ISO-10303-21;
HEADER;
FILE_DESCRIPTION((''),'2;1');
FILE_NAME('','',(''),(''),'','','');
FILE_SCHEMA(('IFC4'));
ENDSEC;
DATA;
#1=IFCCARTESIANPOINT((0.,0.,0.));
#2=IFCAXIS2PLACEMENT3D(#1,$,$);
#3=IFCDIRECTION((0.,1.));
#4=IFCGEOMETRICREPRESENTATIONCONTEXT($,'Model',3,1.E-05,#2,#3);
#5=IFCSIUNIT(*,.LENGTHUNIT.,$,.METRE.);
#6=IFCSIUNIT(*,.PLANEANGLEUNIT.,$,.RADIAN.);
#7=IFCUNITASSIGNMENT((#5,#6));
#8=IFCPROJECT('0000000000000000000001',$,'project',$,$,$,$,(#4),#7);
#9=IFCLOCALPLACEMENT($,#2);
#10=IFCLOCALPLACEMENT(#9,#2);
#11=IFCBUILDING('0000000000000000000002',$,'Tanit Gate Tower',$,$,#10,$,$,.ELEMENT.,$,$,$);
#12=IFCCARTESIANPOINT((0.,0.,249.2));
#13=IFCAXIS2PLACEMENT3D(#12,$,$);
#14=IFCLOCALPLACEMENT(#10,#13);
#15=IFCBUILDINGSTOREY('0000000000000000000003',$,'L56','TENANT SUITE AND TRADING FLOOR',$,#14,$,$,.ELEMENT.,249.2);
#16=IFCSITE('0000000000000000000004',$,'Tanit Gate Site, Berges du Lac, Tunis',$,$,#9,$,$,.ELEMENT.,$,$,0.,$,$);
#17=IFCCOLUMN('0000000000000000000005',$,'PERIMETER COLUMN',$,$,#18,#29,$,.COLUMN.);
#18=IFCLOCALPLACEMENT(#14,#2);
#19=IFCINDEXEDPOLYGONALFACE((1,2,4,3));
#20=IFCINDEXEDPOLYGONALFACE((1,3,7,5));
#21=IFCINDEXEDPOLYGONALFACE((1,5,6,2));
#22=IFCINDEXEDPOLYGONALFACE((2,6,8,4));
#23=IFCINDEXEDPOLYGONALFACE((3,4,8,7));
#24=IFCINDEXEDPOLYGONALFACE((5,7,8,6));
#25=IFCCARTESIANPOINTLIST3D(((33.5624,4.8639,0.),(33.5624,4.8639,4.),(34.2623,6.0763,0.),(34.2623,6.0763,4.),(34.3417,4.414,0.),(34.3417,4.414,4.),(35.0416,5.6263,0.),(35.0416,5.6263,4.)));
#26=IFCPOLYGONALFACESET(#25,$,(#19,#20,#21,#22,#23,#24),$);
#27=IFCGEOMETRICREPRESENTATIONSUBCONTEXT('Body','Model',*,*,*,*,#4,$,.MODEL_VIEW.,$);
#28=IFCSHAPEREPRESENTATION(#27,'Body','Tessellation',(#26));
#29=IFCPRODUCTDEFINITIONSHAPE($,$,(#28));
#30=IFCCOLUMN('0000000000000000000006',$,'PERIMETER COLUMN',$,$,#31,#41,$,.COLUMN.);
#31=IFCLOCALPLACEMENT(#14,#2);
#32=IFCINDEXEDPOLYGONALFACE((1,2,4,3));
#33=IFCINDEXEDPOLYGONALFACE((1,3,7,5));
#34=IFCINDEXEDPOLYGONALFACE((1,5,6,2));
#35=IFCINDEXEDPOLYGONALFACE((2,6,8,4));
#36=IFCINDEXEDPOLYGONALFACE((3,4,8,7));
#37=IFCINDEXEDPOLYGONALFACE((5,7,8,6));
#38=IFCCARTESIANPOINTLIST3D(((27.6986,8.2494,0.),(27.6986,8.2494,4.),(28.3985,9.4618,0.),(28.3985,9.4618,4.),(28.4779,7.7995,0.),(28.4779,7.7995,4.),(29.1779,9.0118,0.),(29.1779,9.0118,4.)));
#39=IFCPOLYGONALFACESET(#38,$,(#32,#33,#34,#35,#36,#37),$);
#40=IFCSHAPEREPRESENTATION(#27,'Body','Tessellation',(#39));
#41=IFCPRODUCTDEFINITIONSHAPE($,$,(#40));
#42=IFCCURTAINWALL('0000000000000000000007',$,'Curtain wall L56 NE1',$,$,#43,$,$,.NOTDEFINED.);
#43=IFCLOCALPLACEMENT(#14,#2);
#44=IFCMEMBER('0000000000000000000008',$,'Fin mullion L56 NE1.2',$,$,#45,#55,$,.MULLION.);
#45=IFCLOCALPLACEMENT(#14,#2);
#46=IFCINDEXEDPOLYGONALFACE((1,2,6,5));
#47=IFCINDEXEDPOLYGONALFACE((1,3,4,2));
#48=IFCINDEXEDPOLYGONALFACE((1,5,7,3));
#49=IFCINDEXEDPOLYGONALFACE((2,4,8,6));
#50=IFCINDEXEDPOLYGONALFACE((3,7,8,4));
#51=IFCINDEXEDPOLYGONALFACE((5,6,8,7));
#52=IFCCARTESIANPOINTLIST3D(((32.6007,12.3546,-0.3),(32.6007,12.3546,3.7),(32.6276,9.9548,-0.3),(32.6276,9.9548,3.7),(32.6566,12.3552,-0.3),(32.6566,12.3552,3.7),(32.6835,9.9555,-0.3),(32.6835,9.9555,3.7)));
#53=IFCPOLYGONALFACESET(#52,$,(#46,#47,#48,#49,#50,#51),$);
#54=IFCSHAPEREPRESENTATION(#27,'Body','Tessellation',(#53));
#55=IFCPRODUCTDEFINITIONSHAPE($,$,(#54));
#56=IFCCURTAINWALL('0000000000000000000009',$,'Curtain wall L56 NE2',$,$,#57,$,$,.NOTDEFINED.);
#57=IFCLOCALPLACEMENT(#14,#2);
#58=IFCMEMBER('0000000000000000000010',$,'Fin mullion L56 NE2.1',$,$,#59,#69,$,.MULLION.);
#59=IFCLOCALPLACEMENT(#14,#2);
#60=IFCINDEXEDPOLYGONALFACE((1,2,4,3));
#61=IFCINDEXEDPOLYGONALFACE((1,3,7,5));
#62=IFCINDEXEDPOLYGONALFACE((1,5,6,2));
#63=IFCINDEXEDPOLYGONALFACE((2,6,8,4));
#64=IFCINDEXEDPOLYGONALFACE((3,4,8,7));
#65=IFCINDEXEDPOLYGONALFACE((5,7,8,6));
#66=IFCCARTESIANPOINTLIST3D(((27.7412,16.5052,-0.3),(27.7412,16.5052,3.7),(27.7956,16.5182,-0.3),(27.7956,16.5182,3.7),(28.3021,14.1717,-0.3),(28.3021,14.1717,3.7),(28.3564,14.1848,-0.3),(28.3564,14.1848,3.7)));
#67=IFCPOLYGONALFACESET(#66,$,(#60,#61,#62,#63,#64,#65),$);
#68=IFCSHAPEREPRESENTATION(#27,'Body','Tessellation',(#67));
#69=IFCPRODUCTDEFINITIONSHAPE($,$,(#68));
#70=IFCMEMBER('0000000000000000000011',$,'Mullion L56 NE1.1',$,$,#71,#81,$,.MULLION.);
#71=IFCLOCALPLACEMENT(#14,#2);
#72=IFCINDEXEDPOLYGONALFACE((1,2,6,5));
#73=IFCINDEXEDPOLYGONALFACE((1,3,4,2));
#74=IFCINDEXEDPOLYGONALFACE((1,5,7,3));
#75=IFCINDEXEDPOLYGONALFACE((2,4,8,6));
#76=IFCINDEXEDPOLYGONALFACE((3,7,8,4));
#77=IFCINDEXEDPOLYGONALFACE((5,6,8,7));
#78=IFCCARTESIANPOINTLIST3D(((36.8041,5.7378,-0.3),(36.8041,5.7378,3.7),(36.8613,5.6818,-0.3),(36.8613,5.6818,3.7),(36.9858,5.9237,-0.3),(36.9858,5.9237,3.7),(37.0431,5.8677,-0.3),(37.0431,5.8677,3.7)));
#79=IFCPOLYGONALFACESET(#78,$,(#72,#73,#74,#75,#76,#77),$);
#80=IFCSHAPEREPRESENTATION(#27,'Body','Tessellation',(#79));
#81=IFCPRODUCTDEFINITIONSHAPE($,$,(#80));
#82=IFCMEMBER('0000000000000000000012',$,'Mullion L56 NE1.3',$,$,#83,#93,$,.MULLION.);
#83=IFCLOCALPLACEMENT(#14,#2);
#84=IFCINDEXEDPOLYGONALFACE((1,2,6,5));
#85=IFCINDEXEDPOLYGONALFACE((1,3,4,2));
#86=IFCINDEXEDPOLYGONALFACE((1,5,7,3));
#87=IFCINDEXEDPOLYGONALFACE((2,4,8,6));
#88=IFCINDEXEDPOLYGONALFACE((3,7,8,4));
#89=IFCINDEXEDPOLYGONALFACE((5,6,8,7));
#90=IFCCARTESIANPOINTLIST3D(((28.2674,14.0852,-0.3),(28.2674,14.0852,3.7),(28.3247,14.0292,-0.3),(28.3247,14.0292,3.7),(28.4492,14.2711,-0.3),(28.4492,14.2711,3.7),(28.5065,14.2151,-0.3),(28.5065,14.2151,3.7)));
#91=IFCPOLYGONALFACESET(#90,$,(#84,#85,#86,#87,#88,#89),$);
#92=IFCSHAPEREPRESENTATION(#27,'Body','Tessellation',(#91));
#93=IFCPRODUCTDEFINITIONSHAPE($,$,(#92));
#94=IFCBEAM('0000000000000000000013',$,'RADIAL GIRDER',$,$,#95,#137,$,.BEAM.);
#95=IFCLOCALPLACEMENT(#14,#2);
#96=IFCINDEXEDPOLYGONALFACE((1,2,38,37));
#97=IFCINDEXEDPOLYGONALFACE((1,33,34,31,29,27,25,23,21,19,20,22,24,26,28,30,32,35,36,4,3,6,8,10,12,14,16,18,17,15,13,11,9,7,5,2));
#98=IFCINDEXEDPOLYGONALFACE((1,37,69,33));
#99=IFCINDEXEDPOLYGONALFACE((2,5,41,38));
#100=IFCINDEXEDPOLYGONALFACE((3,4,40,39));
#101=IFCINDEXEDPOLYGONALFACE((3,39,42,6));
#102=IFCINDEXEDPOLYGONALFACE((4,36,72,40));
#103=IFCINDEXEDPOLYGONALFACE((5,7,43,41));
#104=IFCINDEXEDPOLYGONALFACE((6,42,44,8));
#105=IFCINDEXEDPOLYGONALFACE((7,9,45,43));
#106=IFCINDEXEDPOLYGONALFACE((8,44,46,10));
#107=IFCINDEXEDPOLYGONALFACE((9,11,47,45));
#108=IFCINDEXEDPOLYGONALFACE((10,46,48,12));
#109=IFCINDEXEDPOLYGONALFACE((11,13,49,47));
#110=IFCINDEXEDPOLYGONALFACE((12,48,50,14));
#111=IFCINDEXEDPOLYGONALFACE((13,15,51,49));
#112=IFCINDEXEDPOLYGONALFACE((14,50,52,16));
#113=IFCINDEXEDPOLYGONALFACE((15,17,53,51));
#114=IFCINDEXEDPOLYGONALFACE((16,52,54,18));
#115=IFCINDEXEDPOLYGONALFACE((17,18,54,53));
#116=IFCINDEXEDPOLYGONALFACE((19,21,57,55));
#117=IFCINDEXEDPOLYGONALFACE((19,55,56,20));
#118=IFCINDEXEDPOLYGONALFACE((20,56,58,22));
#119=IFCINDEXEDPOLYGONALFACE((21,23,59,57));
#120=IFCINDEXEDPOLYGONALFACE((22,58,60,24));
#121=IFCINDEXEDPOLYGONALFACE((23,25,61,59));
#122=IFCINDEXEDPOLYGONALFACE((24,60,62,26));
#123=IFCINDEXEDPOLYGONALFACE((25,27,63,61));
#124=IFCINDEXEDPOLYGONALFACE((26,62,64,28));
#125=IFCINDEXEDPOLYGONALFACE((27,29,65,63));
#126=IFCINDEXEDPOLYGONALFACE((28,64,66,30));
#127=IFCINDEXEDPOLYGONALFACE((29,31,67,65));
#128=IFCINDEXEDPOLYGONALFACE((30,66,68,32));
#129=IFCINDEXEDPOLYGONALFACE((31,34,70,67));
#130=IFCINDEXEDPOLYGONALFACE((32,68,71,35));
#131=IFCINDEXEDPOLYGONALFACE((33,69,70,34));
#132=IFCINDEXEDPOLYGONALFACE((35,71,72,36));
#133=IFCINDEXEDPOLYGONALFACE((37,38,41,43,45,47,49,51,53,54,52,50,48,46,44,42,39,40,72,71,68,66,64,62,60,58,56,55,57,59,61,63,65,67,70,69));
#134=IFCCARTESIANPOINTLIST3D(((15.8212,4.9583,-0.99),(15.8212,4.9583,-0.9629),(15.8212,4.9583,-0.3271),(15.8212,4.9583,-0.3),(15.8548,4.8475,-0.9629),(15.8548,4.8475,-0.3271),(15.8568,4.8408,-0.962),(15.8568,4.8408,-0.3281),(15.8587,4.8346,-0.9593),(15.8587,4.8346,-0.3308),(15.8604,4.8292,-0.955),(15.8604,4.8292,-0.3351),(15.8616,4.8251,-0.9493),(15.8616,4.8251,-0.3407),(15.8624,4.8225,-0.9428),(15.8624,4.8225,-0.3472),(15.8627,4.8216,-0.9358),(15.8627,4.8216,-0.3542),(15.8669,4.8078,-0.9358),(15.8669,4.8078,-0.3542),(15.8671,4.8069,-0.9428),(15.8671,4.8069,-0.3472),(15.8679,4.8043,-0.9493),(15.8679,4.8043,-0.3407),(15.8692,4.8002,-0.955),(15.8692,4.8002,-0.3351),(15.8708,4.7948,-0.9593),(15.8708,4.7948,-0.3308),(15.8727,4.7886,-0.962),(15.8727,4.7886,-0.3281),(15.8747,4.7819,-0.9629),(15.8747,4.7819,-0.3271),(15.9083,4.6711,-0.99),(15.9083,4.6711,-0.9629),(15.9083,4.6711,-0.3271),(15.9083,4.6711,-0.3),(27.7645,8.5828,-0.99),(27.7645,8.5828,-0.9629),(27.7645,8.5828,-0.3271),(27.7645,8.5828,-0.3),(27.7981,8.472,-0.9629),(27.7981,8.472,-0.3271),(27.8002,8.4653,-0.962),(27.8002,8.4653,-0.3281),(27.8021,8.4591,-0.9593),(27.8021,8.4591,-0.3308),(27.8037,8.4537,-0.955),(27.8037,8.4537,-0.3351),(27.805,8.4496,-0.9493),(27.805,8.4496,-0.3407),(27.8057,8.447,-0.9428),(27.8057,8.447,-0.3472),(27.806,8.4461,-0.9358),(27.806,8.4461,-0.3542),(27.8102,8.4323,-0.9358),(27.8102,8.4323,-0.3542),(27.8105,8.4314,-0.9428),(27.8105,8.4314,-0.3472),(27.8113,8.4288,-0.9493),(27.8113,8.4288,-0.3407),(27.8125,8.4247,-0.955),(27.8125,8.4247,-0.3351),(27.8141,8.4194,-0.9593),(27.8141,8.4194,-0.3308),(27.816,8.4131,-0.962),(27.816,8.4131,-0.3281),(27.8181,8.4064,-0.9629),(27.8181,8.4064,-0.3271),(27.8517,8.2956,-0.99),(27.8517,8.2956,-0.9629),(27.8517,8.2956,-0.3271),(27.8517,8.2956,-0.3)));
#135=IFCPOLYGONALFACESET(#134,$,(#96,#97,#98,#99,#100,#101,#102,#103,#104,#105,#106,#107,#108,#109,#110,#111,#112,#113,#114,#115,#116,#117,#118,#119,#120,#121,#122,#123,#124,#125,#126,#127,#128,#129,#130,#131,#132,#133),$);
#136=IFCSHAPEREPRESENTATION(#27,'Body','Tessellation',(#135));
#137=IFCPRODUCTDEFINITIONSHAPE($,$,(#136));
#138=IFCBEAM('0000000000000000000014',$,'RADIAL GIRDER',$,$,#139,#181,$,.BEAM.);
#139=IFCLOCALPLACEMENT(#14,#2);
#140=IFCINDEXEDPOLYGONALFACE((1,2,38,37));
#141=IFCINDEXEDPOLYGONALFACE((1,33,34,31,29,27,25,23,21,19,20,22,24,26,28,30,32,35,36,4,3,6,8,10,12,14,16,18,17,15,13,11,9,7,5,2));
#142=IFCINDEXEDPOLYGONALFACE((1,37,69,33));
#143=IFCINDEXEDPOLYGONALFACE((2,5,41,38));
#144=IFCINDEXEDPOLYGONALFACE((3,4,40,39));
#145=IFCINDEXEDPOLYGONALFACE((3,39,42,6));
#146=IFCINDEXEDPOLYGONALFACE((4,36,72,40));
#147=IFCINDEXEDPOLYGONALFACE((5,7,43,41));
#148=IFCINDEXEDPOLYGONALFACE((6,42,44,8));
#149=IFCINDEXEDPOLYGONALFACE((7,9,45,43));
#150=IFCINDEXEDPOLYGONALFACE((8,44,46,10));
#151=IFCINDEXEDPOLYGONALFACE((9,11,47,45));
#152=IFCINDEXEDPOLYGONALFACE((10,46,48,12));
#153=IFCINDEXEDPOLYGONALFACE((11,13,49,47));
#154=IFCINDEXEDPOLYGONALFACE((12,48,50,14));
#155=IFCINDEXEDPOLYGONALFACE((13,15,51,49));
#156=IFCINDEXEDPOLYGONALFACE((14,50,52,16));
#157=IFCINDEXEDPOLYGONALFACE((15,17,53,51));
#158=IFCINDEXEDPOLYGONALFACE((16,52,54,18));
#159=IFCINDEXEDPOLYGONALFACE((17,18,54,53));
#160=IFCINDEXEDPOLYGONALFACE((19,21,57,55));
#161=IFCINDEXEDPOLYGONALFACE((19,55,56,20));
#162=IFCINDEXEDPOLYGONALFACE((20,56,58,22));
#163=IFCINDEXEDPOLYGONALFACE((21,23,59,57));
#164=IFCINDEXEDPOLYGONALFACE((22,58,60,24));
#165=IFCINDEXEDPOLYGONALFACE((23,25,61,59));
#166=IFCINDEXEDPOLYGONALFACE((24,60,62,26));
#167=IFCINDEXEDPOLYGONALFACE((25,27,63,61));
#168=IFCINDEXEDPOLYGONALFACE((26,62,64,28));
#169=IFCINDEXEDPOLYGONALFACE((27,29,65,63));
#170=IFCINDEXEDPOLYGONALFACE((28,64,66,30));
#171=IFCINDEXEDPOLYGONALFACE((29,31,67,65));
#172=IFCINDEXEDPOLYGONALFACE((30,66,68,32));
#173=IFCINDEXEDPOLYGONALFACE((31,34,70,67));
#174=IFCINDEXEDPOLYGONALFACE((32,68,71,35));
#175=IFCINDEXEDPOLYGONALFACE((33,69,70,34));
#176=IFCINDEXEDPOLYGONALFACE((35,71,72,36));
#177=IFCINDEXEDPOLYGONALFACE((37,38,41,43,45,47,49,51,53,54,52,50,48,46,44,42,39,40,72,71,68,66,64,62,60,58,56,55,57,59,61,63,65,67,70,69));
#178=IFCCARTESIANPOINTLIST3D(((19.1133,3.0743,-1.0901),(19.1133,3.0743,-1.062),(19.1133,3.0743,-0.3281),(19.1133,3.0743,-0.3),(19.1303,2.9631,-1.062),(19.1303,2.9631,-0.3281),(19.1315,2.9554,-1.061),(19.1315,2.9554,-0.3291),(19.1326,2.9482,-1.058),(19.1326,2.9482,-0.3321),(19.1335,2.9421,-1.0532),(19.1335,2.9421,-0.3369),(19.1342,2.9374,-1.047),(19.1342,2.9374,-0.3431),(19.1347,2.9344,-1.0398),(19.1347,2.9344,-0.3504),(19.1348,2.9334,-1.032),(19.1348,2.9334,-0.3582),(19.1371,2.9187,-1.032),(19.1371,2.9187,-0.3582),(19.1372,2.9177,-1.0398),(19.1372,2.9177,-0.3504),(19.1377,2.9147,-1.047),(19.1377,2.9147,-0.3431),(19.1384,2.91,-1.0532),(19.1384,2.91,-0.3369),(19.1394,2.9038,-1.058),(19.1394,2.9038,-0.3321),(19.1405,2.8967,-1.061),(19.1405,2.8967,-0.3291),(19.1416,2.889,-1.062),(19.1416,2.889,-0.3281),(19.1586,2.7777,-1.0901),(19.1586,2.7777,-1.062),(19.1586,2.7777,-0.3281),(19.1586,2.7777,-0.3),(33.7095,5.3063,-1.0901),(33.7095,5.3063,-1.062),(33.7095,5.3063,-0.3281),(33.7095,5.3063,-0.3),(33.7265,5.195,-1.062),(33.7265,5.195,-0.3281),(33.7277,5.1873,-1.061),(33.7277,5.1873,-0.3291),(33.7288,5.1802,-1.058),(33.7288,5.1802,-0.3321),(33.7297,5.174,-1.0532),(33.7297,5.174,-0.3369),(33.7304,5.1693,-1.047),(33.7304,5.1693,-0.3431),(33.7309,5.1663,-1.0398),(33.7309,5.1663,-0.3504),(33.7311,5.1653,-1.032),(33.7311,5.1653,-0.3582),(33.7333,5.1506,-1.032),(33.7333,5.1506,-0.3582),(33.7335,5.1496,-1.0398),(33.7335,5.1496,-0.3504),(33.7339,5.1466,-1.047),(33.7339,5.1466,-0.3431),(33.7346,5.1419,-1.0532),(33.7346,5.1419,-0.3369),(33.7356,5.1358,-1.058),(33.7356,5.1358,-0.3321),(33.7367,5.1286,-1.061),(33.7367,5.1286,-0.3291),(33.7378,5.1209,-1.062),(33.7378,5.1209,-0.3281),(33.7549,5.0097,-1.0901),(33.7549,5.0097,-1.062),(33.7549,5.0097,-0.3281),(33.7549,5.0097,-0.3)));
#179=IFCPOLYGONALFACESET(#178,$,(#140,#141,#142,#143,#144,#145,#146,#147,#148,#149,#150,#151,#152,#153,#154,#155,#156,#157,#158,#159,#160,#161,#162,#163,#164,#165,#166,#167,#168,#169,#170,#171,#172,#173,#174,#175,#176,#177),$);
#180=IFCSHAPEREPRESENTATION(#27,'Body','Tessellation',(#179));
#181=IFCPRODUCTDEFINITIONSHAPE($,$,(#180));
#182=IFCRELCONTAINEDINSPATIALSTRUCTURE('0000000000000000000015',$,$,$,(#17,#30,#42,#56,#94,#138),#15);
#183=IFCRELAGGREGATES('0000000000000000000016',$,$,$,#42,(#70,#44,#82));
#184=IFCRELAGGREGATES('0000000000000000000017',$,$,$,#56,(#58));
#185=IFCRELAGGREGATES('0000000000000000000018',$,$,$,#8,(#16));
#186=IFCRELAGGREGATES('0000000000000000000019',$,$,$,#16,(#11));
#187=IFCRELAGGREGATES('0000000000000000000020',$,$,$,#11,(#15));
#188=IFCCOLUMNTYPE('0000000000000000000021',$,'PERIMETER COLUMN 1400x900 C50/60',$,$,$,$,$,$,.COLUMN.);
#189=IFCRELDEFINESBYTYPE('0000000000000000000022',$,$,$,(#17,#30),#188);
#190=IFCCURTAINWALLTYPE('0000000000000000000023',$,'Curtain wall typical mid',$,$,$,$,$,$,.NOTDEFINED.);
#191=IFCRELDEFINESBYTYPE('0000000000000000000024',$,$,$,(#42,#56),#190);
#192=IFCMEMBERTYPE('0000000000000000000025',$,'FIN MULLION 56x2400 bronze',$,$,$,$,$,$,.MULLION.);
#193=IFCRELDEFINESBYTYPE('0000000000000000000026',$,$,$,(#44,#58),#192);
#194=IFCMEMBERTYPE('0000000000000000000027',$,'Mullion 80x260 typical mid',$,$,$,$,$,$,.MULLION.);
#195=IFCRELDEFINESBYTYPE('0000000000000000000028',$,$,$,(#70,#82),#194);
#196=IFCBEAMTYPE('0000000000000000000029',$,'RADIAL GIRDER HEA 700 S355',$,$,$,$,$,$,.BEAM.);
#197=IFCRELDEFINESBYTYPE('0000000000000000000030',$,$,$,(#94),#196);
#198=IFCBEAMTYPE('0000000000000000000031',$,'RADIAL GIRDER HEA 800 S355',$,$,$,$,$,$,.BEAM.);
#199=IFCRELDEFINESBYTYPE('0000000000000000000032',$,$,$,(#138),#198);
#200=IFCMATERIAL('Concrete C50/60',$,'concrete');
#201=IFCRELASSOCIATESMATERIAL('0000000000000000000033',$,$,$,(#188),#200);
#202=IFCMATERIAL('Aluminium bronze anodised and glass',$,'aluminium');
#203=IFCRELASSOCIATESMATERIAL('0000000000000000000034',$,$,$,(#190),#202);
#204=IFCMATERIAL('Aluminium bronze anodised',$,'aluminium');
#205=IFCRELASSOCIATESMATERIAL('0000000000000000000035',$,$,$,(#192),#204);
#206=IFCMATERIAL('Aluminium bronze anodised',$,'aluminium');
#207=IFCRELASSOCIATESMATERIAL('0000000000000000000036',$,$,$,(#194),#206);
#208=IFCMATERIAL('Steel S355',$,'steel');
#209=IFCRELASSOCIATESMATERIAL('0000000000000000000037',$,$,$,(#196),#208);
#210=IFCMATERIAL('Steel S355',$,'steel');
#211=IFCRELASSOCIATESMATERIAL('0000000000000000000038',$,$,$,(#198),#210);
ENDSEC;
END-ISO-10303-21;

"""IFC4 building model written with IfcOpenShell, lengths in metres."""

from ifc_helpers import new_model, si_unit, direction, frame, origin, origin_2d, place, context, subcontext, project, spatial, rectangle, i_section, extrude, material, material_profile, profile_set, type_object, element, aggregate, save


model = new_model("IFC4")

# Units and contexts
model_context = context("Model", 3, precision=1e-05, world=origin(), true_north=direction((0.0, 1.0)))
body_context = subcontext(model_context, "Body", "Model", "MODEL_VIEW")
ifc_project = project(units=[si_unit("LENGTHUNIT", "METRE"), si_unit("PLANEANGLEUNIT", "RADIAN")], contexts=[model_context])

# Site, building, storey
site_placement = place(None, origin())
site = spatial("IfcSite", under=ifc_project, at=site_placement, Name="Tanit Gate Site, Berges du Lac, Tunis", CompositionType="ELEMENT", RefElevation=0.0)
building_placement = place(site_placement, origin())
building = spatial("IfcBuilding", under=site, at=building_placement, Name="Tanit Gate Tower", CompositionType="ELEMENT")
storey_placement = place(building_placement, frame((0.0, 0.0, 249.2)))
storey = spatial("IfcBuildingStorey", under=building, at=storey_placement, Name="L56", Description="TENANT SUITE AND TRADING FLOOR", CompositionType="ELEMENT", Elevation=249.2)

# Columns
ifc_material_1 = material(Name="Concrete C50/60", Category="concrete")
ifc_material_profile_1 = material_profile(ifc_material_1, rectangle(XDim=1.3999, YDim=0.8999, at=origin_2d()), Name="RC 1400x900")
ifc_profile_set_1 = profile_set([ifc_material_profile_1], Name="Concrete C50/60")
column_type = type_object("IfcColumnType", Name="PERIMETER COLUMN 1400x900 C50/60", PredefinedType="COLUMN", material=ifc_profile_set_1)
for number, where, z_axis, x_axis, name in (
    (1, (34.302, 5.2451, 0.0), (0.0, 0.0, 1.0), (0.5, 0.866025, 0.0), "PERIMETER COLUMN"),
    (2, (28.4382, 8.6306, 0.0), (0.0, 0.0, 1.0), (0.5, 0.866025, 0.0), "PERIMETER COLUMN"),
):
    element("IfcColumn", number, at=place(storey_placement, frame(where, z_axis=z_axis, x_axis=x_axis)), inside=storey, type_object=column_type, Name=name, PredefinedType="COLUMN", context=body_context, shape_type="SweptSolid", body=[
        extrude(rectangle(XDim=1.3999, YDim=0.8999, at=origin_2d()), origin(), (0.0, 0.0, 1.0), 4.0),
    ])

# Curtain walls, members
ifc_material_2 = material(Name="Aluminium bronze anodised and glass", Category="aluminium")
curtain_wall_type = type_object("IfcCurtainWallType", Name="Curtain wall typical mid", PredefinedType="NOTDEFINED", material=ifc_material_2)
curtain_wall_1_placement = place(storey_placement, origin())
curtain_wall_1 = element("IfcCurtainWall", 3, at=curtain_wall_1_placement, inside=storey, type_object=curtain_wall_type, Name="Curtain wall L56 NE1", PredefinedType="NOTDEFINED")
ifc_material_3 = material(Name="Aluminium bronze anodised", Category="aluminium")
ifc_material_profile_2 = material_profile(ifc_material_3, rectangle(XDim=2.3999, YDim=0.0559, at=origin_2d()), Name="56x2400 bronze fin mullion")
ifc_profile_set_2 = profile_set([ifc_material_profile_2], Name="Aluminium bronze anodised")
member_type_1 = type_object("IfcMemberType", Name="FIN MULLION 56x2400 bronze", PredefinedType="MULLION", material=ifc_profile_set_2)
member_1_placement = place(storey_placement, frame((32.6421, 11.155, -0.3), z_axis=(0.0, 0.0, 1.0), x_axis=(0.011211, -0.999937, 0.0)))
member_1 = element("IfcMember", 4, at=member_1_placement, type_object=member_type_1, Name="Fin mullion L56 NE1.2", PredefinedType="MULLION", context=body_context, shape_type="SweptSolid", body=[
    extrude(rectangle(XDim=2.3999, YDim=0.0559, at=origin_2d()), origin(), (0.0, 0.0, 1.0), 4.0),
])
curtain_wall_2_placement = place(storey_placement, origin())
curtain_wall_2 = element("IfcCurtainWall", 5, at=curtain_wall_2_placement, inside=storey, type_object=curtain_wall_type, Name="Curtain wall L56 NE2", PredefinedType="NOTDEFINED")
member_2_placement = place(storey_placement, frame((28.0488, 15.345, -0.3), z_axis=(0.0, 0.0, 1.0), x_axis=(0.233691, -0.972311, 0.0)))
member_2 = element("IfcMember", 6, at=member_2_placement, type_object=member_type_1, Name="Fin mullion L56 NE2.1", PredefinedType="MULLION", context=body_context, shape_type="SweptSolid", body=[
    extrude(rectangle(XDim=2.3999, YDim=0.0559, at=origin_2d()), origin(), (0.0, 0.0, 1.0), 4.0),
])

# Members
ifc_material_4 = material(Name="Aluminium bronze anodised", Category="aluminium")
ifc_material_profile_3 = material_profile(ifc_material_4, rectangle(XDim=0.26, YDim=0.0801, at=origin_2d()), Name="80x260 bronze mullion")
ifc_profile_set_3 = profile_set([ifc_material_profile_3], Name="Aluminium bronze anodised")
member_type_2 = type_object("IfcMemberType", Name="Mullion 80x260 typical mid", PredefinedType="MULLION", material=ifc_profile_set_3)
member_3_placement = place(storey_placement, frame((36.9236, 5.8027, -0.3), z_axis=(0.0, 0.0, 1.0), x_axis=(-0.699135, -0.71499, 0.0)))
member_3 = element("IfcMember", 7, at=member_3_placement, type_object=member_type_2, Name="Mullion L56 NE1.1", PredefinedType="MULLION", context=body_context, shape_type="SweptSolid", body=[
    extrude(rectangle(XDim=0.26, YDim=0.0801, at=origin_2d()), origin(), (0.0, 0.0, 1.0), 4.0),
])
member_4_placement = place(storey_placement, frame((28.387, 14.1501, -0.3), z_axis=(0.0, 0.0, 1.0), x_axis=(-0.699135, -0.71499, 0.0)))
member_4 = element("IfcMember", 8, at=member_4_placement, type_object=member_type_2, Name="Mullion L56 NE1.3", PredefinedType="MULLION", context=body_context, shape_type="SweptSolid", body=[
    extrude(rectangle(XDim=0.26, YDim=0.0801, at=origin_2d()), origin(), (0.0, 0.0, 1.0), 4.0),
])

# Beams
ifc_material_5 = material(Name="Steel S355", Category="steel")
ifc_material_profile_4 = material_profile(ifc_material_5, i_section(OverallWidth=0.3, OverallDepth=0.6899, WebThickness=0.0144, FlangeThickness=0.0271, FilletRadius=0.0271, at=origin_2d()), Name="HEA 700")
ifc_profile_set_4 = profile_set([ifc_material_profile_4], Name="Steel S355")
beam_type_1 = type_object("IfcBeamType", Name="RADIAL GIRDER HEA 700 S355", PredefinedType="BEAM", material=ifc_profile_set_4)
beam_1_placement = place(storey_placement, frame((27.8081, 8.4392, -0.645), z_axis=(-0.956906, -0.290397, 0.0), x_axis=(0.290397, -0.956906, 0.0)))
element("IfcBeam", 9, at=beam_1_placement, inside=storey, type_object=beam_type_1, Name="RADIAL GIRDER", PredefinedType="BEAM", context=body_context, shape_type="SweptSolid", body=[
    extrude(i_section(OverallWidth=0.3, OverallDepth=0.6899, WebThickness=0.0144, FlangeThickness=0.0271, FilletRadius=0.0271, at=origin_2d()), origin(), (0.0, 0.0, 1.0), 12.4812),
])
ifc_material_6 = material(Name="Steel S355", Category="steel")
ifc_material_profile_5 = material_profile(ifc_material_6, i_section(OverallWidth=0.3, OverallDepth=0.79, WebThickness=0.0149, FlangeThickness=0.0281, FilletRadius=0.03, at=origin_2d()), Name="HEA 800")
ifc_profile_set_5 = profile_set([ifc_material_profile_5], Name="Steel S355")
beam_type_2 = type_object("IfcBeamType", Name="RADIAL GIRDER HEA 800 S355", PredefinedType="BEAM", material=ifc_profile_set_5)
beam_2_placement = place(storey_placement, frame((33.7322, 5.158, -0.6951), z_axis=(-0.98851, -0.151155, 0.0), x_axis=(0.151155, -0.98851, 0.0)))
element("IfcBeam", 10, at=beam_2_placement, inside=storey, type_object=beam_type_2, Name="RADIAL GIRDER", PredefinedType="BEAM", context=body_context, shape_type="SweptSolid", body=[
    extrude(i_section(OverallWidth=0.3, OverallDepth=0.79, WebThickness=0.0149, FlangeThickness=0.0281, FilletRadius=0.03, at=origin_2d()), origin(), (0.0, 0.0, 1.0), 14.7659),
])

aggregate(curtain_wall_1, [member_3, member_1, member_4])
aggregate(curtain_wall_2, [member_2])

save(model, "model.ifc")
